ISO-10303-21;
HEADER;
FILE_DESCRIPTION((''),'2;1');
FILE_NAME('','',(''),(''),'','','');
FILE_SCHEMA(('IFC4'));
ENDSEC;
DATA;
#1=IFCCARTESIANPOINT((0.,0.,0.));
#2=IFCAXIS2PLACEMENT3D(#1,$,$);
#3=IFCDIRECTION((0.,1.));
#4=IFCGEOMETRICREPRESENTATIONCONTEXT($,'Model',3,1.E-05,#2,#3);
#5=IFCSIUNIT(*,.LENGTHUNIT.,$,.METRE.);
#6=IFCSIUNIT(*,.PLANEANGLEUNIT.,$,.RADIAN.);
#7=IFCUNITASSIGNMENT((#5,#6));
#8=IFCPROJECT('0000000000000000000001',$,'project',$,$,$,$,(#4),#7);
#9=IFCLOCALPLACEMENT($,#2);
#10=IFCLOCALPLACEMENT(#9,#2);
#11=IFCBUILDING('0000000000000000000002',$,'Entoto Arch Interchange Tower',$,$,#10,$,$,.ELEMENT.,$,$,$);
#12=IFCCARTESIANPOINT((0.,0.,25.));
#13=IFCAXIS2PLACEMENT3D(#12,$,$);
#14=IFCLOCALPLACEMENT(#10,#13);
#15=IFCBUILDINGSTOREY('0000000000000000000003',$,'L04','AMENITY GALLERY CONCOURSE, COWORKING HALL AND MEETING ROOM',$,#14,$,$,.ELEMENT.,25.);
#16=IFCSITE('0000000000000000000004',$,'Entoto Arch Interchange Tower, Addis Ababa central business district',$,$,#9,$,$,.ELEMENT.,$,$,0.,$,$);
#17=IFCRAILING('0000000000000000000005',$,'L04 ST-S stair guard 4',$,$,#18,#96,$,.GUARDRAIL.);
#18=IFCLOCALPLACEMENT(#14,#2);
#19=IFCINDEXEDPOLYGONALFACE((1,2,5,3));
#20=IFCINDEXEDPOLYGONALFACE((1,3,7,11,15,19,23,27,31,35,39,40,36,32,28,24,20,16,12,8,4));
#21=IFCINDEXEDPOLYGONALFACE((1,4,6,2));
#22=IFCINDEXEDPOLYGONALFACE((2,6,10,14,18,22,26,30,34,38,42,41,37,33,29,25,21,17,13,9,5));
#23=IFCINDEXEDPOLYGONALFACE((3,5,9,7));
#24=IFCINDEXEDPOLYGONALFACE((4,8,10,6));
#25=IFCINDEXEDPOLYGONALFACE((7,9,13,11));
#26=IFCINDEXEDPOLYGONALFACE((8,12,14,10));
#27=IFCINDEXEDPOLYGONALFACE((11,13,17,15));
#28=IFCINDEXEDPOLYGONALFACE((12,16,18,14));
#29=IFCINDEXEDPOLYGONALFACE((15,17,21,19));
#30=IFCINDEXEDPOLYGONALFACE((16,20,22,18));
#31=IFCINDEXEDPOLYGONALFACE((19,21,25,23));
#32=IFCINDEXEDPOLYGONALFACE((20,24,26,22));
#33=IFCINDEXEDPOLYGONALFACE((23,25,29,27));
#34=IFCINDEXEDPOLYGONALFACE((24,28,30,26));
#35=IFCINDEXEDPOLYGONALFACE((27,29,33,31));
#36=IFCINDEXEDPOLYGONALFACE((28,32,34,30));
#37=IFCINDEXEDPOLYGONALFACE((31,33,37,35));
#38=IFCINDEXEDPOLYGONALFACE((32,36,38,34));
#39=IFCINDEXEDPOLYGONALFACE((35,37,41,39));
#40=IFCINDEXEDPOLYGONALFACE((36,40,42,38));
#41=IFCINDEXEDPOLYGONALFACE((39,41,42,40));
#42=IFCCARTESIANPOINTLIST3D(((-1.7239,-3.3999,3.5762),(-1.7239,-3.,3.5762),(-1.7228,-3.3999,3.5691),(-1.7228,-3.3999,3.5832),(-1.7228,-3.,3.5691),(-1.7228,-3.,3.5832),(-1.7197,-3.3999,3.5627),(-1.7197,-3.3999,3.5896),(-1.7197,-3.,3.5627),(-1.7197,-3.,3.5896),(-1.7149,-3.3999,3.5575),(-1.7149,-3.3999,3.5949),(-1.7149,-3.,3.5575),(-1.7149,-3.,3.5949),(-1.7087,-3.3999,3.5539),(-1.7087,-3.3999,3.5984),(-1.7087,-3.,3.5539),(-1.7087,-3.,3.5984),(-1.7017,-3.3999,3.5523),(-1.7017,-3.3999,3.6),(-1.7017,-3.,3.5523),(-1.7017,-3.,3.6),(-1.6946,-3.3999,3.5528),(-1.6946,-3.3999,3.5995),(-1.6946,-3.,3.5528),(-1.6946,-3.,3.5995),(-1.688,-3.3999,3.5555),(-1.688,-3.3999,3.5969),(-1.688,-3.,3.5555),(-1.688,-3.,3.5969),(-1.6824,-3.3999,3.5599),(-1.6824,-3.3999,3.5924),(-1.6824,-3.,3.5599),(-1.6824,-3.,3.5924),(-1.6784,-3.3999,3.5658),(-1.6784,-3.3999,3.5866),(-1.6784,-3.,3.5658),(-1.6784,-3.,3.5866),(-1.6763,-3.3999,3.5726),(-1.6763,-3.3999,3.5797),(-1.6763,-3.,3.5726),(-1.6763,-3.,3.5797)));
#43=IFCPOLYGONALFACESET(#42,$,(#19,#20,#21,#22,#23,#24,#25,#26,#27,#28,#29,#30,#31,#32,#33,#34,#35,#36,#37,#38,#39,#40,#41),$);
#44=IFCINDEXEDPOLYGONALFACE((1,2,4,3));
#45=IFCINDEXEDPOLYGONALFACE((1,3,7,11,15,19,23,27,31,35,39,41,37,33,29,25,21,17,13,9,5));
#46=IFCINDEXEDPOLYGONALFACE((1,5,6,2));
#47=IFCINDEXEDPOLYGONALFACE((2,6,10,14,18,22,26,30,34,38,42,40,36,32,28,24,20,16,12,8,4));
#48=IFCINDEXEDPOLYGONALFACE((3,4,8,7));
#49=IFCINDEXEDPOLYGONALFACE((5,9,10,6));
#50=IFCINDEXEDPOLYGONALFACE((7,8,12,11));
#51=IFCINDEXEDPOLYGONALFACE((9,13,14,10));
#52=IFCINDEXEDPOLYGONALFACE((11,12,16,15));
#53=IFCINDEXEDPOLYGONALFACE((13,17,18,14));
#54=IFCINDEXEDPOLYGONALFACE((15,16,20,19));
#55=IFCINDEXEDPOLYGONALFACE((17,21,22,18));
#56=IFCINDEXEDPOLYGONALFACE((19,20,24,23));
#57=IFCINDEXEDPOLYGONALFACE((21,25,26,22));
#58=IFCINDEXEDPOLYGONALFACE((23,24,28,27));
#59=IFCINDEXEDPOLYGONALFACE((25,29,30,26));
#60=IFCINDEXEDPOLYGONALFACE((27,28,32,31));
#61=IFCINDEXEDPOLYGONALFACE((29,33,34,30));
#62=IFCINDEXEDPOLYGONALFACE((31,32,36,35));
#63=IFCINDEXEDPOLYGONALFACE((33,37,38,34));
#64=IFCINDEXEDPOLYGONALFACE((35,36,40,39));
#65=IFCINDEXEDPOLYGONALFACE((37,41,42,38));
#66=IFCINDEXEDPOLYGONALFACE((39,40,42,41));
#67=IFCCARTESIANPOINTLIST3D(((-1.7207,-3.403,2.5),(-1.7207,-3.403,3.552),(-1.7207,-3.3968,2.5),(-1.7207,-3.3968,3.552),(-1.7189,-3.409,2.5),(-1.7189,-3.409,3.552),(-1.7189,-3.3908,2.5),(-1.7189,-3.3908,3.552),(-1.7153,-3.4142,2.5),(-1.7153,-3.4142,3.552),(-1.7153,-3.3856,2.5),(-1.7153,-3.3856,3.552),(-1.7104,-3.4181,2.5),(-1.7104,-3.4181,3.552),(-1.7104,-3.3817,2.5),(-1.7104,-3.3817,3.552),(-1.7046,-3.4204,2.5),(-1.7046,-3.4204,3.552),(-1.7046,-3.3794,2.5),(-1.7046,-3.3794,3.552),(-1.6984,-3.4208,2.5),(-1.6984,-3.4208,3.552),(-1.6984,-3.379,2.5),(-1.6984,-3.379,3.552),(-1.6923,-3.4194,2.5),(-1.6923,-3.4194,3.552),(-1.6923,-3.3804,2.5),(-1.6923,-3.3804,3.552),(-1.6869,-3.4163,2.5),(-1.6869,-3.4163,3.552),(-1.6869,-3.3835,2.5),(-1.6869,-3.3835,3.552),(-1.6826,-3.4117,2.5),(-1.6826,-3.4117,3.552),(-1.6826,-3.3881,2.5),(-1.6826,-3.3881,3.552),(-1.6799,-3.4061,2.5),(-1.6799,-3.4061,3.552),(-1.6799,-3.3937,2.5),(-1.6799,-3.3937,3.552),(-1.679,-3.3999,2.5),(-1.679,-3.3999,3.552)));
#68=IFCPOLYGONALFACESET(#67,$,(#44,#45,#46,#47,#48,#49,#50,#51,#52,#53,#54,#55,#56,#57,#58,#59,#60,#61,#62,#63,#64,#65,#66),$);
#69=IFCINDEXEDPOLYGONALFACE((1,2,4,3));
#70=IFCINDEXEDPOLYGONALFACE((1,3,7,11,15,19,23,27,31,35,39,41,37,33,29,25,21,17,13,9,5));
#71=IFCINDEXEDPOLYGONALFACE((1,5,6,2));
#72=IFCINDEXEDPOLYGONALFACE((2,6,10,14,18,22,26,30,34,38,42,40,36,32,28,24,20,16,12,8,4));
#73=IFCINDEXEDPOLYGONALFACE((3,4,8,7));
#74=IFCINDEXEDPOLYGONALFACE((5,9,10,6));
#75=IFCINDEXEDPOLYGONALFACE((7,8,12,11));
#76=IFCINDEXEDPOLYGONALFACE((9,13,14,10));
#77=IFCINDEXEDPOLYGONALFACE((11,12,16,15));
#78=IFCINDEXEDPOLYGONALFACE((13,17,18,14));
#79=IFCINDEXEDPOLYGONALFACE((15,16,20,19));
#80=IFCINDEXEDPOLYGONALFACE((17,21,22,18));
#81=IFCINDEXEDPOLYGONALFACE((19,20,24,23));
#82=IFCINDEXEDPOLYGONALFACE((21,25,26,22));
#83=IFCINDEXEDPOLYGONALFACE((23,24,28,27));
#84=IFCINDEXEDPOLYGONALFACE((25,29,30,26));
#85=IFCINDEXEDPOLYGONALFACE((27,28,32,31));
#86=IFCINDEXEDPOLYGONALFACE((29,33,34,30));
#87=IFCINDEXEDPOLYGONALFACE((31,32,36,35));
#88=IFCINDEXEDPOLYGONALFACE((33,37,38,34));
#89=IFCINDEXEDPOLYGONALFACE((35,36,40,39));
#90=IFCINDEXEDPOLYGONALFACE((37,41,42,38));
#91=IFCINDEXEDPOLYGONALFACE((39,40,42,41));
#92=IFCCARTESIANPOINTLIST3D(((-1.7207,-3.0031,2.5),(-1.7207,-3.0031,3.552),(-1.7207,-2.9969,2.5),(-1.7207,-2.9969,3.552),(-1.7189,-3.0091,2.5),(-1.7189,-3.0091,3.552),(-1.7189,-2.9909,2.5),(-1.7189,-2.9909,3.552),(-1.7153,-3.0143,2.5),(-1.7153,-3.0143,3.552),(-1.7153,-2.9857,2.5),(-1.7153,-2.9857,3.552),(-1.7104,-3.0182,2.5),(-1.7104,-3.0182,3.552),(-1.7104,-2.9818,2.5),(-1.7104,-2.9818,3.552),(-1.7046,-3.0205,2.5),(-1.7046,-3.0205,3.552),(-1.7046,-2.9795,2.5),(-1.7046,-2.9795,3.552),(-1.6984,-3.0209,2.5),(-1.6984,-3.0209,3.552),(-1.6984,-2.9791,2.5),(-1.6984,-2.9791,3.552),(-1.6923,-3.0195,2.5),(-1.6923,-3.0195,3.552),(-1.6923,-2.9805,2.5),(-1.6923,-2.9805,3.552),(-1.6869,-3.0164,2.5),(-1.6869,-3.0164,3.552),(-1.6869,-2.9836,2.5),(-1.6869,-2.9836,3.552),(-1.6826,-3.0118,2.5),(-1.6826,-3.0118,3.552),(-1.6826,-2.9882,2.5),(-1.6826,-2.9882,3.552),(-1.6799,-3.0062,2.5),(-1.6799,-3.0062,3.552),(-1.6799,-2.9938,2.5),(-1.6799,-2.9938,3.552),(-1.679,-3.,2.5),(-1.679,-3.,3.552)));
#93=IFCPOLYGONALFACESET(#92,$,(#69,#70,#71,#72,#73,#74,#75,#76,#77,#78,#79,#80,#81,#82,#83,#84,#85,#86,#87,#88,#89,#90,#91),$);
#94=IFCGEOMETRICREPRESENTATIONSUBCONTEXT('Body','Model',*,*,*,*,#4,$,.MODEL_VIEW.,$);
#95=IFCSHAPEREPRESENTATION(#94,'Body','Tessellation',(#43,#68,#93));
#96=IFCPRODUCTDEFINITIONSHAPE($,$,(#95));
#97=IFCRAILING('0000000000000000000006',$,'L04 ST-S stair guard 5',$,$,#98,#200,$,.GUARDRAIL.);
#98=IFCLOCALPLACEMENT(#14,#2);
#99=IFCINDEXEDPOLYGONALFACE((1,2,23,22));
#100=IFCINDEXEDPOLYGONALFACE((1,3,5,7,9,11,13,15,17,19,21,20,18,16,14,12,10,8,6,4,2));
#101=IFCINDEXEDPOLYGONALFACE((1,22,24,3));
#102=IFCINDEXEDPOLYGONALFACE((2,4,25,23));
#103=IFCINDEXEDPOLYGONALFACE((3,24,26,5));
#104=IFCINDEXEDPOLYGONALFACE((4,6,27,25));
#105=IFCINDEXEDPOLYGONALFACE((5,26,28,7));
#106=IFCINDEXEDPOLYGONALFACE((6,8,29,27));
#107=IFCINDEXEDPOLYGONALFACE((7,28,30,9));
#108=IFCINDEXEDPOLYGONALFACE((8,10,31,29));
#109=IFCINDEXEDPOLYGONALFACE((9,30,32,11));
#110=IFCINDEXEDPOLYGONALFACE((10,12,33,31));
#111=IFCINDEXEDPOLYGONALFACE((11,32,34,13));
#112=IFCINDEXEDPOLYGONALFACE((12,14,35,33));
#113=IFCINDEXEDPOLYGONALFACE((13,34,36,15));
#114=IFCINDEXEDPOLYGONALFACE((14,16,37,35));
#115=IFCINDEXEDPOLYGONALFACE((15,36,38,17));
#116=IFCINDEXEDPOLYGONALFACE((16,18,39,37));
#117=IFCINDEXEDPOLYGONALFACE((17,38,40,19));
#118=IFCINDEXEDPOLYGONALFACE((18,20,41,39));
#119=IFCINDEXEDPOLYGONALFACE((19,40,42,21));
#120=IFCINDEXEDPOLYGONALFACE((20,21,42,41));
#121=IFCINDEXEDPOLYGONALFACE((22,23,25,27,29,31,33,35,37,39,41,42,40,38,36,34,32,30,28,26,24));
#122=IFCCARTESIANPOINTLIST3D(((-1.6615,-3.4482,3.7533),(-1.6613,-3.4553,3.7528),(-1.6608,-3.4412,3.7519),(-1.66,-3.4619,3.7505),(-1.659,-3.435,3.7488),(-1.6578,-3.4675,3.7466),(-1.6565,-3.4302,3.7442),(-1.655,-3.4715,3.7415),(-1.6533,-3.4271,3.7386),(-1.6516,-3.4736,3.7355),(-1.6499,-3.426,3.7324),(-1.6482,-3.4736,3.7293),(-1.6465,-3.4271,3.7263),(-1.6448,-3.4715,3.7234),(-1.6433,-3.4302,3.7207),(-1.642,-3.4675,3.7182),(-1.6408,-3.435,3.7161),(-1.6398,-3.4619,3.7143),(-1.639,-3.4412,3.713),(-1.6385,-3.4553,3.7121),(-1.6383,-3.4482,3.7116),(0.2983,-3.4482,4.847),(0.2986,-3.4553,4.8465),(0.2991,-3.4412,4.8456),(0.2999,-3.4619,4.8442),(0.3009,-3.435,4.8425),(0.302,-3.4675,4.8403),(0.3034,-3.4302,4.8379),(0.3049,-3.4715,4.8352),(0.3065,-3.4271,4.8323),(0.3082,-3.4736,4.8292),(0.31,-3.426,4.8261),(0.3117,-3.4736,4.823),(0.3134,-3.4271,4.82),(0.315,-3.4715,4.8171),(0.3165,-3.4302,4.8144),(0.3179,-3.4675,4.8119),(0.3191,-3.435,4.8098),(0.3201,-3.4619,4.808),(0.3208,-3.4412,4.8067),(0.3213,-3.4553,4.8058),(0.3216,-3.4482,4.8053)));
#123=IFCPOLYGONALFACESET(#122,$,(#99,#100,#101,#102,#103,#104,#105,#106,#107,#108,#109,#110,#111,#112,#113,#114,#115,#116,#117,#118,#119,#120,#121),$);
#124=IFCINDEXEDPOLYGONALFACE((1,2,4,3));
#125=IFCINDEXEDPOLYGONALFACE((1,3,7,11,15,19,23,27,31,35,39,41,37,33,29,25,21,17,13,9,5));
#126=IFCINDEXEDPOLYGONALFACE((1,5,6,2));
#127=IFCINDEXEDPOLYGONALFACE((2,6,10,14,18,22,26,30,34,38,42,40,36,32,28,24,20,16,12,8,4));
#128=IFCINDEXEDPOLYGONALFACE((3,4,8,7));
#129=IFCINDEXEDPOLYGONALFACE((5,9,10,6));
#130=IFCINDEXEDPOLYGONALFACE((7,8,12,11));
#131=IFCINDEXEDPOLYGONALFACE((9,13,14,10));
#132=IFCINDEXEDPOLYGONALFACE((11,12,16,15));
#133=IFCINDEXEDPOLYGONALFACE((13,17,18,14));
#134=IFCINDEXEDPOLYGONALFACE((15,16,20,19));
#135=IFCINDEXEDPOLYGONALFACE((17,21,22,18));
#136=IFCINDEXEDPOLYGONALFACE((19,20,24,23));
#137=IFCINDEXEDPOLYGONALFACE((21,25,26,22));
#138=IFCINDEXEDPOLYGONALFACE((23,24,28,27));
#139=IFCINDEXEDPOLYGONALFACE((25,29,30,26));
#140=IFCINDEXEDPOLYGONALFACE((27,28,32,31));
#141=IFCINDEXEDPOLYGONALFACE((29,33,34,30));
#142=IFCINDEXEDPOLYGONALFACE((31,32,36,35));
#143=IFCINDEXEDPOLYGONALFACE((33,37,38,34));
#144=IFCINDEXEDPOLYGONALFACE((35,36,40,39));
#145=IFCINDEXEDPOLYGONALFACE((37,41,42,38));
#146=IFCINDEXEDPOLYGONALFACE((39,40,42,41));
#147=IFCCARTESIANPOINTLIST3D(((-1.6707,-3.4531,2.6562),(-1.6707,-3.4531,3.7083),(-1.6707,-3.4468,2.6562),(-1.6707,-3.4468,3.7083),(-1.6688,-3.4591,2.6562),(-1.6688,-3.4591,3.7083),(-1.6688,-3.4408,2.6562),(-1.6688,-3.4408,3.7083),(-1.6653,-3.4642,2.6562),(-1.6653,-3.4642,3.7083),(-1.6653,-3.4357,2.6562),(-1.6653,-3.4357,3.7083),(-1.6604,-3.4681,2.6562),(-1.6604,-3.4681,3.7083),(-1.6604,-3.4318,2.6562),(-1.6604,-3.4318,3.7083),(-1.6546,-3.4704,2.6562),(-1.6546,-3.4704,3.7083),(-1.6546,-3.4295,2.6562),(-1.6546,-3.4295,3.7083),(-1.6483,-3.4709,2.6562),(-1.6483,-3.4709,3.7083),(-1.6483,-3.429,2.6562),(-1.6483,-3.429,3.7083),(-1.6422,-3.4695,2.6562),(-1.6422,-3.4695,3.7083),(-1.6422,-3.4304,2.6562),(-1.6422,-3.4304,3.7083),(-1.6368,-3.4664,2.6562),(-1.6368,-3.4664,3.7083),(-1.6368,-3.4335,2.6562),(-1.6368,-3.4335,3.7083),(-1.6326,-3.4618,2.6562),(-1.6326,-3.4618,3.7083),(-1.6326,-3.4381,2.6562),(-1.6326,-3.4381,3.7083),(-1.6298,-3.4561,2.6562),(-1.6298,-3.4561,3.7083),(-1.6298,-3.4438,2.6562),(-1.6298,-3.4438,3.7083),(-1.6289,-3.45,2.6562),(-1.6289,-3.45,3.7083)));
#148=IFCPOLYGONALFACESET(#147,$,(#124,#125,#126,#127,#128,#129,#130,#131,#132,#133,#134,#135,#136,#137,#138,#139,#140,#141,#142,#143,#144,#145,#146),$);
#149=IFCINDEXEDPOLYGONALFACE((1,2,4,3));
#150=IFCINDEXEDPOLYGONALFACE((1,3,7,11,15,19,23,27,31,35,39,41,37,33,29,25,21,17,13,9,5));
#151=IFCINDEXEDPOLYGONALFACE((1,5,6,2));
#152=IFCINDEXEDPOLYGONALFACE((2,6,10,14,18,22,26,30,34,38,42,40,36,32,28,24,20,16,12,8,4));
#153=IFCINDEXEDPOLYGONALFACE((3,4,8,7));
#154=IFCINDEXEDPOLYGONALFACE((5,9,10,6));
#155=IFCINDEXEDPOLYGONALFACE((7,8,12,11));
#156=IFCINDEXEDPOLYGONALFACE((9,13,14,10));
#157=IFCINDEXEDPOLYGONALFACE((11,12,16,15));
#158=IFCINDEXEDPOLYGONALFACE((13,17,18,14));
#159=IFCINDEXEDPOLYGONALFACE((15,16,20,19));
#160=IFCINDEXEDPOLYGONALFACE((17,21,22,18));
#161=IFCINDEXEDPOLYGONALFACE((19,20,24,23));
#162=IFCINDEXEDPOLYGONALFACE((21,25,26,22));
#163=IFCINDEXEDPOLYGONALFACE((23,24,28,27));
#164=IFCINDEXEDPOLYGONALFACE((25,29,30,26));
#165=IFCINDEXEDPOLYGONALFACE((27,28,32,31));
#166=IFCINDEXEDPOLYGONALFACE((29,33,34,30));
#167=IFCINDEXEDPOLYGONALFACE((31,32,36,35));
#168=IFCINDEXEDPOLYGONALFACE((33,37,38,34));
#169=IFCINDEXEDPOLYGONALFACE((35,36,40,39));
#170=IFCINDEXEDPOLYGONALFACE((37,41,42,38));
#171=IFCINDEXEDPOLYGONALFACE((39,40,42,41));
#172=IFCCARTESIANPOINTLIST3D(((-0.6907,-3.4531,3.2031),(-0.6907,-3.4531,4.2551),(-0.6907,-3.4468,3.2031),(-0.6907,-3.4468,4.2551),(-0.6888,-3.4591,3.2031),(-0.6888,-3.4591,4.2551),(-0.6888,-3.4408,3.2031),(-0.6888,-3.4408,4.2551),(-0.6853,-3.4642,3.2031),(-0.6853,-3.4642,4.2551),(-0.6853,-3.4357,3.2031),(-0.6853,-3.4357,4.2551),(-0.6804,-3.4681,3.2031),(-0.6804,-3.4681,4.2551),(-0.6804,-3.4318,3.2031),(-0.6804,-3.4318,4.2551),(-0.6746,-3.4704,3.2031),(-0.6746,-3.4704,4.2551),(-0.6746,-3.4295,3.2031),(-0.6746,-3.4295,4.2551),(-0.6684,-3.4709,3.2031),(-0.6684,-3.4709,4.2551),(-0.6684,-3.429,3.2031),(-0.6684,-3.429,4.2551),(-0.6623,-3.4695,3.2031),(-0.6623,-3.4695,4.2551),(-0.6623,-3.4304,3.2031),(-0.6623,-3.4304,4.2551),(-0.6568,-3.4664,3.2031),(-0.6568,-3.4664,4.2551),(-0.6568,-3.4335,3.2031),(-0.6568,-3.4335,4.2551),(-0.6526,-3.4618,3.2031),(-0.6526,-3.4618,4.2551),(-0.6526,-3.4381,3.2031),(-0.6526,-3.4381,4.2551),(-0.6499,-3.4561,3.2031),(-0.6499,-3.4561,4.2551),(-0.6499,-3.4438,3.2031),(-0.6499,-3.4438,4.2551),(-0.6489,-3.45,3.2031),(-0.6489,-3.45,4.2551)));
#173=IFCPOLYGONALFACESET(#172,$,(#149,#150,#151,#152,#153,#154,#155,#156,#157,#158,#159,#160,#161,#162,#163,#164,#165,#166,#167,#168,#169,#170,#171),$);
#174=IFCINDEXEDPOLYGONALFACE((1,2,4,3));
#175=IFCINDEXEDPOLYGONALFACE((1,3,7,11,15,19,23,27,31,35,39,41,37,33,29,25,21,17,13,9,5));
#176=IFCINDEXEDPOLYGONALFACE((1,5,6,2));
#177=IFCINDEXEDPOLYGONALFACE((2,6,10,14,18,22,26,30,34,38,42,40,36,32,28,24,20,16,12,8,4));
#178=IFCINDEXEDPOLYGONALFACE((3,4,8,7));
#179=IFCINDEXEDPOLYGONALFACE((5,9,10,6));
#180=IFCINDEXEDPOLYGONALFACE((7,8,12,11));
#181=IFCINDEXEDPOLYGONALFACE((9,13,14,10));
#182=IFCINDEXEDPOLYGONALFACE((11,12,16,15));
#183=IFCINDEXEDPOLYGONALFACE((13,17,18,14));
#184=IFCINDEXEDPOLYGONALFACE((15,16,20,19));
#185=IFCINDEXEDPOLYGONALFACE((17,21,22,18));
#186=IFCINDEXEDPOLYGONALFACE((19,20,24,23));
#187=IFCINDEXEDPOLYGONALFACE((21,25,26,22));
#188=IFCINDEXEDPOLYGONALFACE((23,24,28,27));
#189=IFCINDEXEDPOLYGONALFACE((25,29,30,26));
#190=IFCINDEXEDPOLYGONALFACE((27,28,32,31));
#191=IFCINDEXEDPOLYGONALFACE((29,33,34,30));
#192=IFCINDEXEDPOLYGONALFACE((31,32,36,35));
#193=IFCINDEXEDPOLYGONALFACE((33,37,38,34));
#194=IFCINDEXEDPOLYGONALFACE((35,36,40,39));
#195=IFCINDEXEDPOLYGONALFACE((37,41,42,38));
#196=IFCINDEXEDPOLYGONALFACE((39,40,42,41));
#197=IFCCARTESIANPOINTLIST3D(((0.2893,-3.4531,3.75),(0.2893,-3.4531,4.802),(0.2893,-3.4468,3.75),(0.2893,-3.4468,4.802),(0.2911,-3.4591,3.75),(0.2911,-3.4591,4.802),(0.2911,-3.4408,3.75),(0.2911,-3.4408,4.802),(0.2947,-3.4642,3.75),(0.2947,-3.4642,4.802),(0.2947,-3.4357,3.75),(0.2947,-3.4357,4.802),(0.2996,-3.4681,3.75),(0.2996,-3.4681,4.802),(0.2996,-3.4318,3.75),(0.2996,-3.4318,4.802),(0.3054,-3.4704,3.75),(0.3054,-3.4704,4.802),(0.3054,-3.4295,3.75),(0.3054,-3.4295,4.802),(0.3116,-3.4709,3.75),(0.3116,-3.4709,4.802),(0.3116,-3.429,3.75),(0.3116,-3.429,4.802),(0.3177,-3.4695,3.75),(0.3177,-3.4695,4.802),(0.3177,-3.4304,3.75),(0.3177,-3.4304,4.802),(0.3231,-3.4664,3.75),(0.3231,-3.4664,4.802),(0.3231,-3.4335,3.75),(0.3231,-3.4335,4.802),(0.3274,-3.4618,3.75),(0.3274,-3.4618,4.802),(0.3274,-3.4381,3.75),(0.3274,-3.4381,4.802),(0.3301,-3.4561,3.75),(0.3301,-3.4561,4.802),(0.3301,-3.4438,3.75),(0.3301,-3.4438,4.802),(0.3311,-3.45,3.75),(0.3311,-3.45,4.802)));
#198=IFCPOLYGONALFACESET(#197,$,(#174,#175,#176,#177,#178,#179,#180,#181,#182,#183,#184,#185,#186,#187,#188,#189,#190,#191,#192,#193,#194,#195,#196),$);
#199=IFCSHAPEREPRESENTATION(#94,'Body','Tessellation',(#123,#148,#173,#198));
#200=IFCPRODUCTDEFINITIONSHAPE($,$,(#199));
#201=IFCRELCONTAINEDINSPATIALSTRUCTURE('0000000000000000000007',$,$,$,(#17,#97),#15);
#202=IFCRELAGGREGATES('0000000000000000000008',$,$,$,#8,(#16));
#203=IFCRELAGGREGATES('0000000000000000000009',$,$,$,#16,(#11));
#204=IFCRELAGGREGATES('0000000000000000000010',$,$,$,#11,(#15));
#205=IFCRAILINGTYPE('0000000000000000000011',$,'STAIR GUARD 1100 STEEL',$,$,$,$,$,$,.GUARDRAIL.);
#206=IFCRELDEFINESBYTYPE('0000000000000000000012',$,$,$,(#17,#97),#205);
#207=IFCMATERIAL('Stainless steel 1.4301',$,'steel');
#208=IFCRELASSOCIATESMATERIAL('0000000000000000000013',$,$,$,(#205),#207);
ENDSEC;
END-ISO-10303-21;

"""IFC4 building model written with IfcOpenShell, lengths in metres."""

from ifc_helpers import new_model, si_unit, direction, frame, origin, origin_2d, place, context, subcontext, project, spatial, circle, extrude, material, type_object, element, save


model = new_model("IFC4")

# Units and contexts
model_context = context("Model", 3, precision=1e-05, world=origin(), true_north=direction((0.0, 1.0)))
body_context = subcontext(model_context, "Body", "Model", "MODEL_VIEW")
ifc_project = project(units=[si_unit("LENGTHUNIT", "METRE"), si_unit("PLANEANGLEUNIT", "RADIAN")], contexts=[model_context])

# Site, building, storey
site_placement = place(None, origin())
site = spatial("IfcSite", under=ifc_project, at=site_placement, Name="Entoto Arch Interchange Tower, Addis Ababa central business district", CompositionType="ELEMENT", RefElevation=0.0)
building_placement = place(site_placement, origin())
building = spatial("IfcBuilding", under=site, at=building_placement, Name="Entoto Arch Interchange Tower", CompositionType="ELEMENT")
storey_placement = place(building_placement, frame((0.0, 0.0, 25.0)))
storey = spatial("IfcBuildingStorey", under=building, at=storey_placement, Name="L04", Description="AMENITY GALLERY CONCOURSE, COWORKING HALL AND MEETING ROOM", CompositionType="ELEMENT", Elevation=25.0)

# Railings
ifc_material_1 = material(Name="Stainless steel 1.4301", Category="steel")
railing_type_1 = type_object("IfcRailingType", Name="STAIR GUARD 1100 STEEL", PredefinedType="GUARDRAIL", material=ifc_material_1)
railing_1_placement = place(storey_placement, frame((-1.7, -3.3999, 2.5)))
element("IfcRailing", 1, at=railing_1_placement, inside=storey, type_object=railing_type_1, Name="L04 ST-S stair guard 4", PredefinedType="GUARDRAIL", context=body_context, shape_type="SweptSolid", body=[
    extrude(circle(Radius=0.0239, at=origin_2d()), frame((0.0, 0.0, 1.0762), z_axis=(0.0, 1.0, 0.0), x_axis=(-1.0, 0.0, 0.0)), (0.0, 0.0, 1.0), 0.3999),
    extrude(circle(Radius=0.021, at=origin_2d()), origin(), (0.0, 0.0, 1.0), 1.052),
    extrude(circle(Radius=0.021, at=origin_2d()), frame((0.0, 0.3999, 0.0)), (0.0, 0.0, 1.0), 1.052),
])
railing_2_placement = place(storey_placement, frame((-1.6499, -3.45, 2.6562)))
element("IfcRailing", 2, at=railing_2_placement, inside=storey, type_object=railing_type_1, Name="L04 ST-S stair guard 5", PredefinedType="GUARDRAIL", context=body_context, shape_type="SweptSolid", body=[
    extrude(circle(Radius=0.0239, at=origin_2d()), frame((0.0, 0.0, 1.0762), z_axis=(0.873232, 0.0, 0.487304), x_axis=(0.0, 1.0, 0.0)), (0.0, 0.0, 1.0), 2.2444),
    extrude(circle(Radius=0.021, at=origin_2d()), origin(), (0.0, 0.0, 1.0), 1.052),
    extrude(circle(Radius=0.021, at=origin_2d()), frame((0.98, 0.0, 0.5469)), (0.0, 0.0, 1.0), 1.052),
    extrude(circle(Radius=0.021, at=origin_2d()), frame((1.96, 0.0, 1.0938)), (0.0, 0.0, 1.0), 1.052),
])

save(model, "model.ifc")
